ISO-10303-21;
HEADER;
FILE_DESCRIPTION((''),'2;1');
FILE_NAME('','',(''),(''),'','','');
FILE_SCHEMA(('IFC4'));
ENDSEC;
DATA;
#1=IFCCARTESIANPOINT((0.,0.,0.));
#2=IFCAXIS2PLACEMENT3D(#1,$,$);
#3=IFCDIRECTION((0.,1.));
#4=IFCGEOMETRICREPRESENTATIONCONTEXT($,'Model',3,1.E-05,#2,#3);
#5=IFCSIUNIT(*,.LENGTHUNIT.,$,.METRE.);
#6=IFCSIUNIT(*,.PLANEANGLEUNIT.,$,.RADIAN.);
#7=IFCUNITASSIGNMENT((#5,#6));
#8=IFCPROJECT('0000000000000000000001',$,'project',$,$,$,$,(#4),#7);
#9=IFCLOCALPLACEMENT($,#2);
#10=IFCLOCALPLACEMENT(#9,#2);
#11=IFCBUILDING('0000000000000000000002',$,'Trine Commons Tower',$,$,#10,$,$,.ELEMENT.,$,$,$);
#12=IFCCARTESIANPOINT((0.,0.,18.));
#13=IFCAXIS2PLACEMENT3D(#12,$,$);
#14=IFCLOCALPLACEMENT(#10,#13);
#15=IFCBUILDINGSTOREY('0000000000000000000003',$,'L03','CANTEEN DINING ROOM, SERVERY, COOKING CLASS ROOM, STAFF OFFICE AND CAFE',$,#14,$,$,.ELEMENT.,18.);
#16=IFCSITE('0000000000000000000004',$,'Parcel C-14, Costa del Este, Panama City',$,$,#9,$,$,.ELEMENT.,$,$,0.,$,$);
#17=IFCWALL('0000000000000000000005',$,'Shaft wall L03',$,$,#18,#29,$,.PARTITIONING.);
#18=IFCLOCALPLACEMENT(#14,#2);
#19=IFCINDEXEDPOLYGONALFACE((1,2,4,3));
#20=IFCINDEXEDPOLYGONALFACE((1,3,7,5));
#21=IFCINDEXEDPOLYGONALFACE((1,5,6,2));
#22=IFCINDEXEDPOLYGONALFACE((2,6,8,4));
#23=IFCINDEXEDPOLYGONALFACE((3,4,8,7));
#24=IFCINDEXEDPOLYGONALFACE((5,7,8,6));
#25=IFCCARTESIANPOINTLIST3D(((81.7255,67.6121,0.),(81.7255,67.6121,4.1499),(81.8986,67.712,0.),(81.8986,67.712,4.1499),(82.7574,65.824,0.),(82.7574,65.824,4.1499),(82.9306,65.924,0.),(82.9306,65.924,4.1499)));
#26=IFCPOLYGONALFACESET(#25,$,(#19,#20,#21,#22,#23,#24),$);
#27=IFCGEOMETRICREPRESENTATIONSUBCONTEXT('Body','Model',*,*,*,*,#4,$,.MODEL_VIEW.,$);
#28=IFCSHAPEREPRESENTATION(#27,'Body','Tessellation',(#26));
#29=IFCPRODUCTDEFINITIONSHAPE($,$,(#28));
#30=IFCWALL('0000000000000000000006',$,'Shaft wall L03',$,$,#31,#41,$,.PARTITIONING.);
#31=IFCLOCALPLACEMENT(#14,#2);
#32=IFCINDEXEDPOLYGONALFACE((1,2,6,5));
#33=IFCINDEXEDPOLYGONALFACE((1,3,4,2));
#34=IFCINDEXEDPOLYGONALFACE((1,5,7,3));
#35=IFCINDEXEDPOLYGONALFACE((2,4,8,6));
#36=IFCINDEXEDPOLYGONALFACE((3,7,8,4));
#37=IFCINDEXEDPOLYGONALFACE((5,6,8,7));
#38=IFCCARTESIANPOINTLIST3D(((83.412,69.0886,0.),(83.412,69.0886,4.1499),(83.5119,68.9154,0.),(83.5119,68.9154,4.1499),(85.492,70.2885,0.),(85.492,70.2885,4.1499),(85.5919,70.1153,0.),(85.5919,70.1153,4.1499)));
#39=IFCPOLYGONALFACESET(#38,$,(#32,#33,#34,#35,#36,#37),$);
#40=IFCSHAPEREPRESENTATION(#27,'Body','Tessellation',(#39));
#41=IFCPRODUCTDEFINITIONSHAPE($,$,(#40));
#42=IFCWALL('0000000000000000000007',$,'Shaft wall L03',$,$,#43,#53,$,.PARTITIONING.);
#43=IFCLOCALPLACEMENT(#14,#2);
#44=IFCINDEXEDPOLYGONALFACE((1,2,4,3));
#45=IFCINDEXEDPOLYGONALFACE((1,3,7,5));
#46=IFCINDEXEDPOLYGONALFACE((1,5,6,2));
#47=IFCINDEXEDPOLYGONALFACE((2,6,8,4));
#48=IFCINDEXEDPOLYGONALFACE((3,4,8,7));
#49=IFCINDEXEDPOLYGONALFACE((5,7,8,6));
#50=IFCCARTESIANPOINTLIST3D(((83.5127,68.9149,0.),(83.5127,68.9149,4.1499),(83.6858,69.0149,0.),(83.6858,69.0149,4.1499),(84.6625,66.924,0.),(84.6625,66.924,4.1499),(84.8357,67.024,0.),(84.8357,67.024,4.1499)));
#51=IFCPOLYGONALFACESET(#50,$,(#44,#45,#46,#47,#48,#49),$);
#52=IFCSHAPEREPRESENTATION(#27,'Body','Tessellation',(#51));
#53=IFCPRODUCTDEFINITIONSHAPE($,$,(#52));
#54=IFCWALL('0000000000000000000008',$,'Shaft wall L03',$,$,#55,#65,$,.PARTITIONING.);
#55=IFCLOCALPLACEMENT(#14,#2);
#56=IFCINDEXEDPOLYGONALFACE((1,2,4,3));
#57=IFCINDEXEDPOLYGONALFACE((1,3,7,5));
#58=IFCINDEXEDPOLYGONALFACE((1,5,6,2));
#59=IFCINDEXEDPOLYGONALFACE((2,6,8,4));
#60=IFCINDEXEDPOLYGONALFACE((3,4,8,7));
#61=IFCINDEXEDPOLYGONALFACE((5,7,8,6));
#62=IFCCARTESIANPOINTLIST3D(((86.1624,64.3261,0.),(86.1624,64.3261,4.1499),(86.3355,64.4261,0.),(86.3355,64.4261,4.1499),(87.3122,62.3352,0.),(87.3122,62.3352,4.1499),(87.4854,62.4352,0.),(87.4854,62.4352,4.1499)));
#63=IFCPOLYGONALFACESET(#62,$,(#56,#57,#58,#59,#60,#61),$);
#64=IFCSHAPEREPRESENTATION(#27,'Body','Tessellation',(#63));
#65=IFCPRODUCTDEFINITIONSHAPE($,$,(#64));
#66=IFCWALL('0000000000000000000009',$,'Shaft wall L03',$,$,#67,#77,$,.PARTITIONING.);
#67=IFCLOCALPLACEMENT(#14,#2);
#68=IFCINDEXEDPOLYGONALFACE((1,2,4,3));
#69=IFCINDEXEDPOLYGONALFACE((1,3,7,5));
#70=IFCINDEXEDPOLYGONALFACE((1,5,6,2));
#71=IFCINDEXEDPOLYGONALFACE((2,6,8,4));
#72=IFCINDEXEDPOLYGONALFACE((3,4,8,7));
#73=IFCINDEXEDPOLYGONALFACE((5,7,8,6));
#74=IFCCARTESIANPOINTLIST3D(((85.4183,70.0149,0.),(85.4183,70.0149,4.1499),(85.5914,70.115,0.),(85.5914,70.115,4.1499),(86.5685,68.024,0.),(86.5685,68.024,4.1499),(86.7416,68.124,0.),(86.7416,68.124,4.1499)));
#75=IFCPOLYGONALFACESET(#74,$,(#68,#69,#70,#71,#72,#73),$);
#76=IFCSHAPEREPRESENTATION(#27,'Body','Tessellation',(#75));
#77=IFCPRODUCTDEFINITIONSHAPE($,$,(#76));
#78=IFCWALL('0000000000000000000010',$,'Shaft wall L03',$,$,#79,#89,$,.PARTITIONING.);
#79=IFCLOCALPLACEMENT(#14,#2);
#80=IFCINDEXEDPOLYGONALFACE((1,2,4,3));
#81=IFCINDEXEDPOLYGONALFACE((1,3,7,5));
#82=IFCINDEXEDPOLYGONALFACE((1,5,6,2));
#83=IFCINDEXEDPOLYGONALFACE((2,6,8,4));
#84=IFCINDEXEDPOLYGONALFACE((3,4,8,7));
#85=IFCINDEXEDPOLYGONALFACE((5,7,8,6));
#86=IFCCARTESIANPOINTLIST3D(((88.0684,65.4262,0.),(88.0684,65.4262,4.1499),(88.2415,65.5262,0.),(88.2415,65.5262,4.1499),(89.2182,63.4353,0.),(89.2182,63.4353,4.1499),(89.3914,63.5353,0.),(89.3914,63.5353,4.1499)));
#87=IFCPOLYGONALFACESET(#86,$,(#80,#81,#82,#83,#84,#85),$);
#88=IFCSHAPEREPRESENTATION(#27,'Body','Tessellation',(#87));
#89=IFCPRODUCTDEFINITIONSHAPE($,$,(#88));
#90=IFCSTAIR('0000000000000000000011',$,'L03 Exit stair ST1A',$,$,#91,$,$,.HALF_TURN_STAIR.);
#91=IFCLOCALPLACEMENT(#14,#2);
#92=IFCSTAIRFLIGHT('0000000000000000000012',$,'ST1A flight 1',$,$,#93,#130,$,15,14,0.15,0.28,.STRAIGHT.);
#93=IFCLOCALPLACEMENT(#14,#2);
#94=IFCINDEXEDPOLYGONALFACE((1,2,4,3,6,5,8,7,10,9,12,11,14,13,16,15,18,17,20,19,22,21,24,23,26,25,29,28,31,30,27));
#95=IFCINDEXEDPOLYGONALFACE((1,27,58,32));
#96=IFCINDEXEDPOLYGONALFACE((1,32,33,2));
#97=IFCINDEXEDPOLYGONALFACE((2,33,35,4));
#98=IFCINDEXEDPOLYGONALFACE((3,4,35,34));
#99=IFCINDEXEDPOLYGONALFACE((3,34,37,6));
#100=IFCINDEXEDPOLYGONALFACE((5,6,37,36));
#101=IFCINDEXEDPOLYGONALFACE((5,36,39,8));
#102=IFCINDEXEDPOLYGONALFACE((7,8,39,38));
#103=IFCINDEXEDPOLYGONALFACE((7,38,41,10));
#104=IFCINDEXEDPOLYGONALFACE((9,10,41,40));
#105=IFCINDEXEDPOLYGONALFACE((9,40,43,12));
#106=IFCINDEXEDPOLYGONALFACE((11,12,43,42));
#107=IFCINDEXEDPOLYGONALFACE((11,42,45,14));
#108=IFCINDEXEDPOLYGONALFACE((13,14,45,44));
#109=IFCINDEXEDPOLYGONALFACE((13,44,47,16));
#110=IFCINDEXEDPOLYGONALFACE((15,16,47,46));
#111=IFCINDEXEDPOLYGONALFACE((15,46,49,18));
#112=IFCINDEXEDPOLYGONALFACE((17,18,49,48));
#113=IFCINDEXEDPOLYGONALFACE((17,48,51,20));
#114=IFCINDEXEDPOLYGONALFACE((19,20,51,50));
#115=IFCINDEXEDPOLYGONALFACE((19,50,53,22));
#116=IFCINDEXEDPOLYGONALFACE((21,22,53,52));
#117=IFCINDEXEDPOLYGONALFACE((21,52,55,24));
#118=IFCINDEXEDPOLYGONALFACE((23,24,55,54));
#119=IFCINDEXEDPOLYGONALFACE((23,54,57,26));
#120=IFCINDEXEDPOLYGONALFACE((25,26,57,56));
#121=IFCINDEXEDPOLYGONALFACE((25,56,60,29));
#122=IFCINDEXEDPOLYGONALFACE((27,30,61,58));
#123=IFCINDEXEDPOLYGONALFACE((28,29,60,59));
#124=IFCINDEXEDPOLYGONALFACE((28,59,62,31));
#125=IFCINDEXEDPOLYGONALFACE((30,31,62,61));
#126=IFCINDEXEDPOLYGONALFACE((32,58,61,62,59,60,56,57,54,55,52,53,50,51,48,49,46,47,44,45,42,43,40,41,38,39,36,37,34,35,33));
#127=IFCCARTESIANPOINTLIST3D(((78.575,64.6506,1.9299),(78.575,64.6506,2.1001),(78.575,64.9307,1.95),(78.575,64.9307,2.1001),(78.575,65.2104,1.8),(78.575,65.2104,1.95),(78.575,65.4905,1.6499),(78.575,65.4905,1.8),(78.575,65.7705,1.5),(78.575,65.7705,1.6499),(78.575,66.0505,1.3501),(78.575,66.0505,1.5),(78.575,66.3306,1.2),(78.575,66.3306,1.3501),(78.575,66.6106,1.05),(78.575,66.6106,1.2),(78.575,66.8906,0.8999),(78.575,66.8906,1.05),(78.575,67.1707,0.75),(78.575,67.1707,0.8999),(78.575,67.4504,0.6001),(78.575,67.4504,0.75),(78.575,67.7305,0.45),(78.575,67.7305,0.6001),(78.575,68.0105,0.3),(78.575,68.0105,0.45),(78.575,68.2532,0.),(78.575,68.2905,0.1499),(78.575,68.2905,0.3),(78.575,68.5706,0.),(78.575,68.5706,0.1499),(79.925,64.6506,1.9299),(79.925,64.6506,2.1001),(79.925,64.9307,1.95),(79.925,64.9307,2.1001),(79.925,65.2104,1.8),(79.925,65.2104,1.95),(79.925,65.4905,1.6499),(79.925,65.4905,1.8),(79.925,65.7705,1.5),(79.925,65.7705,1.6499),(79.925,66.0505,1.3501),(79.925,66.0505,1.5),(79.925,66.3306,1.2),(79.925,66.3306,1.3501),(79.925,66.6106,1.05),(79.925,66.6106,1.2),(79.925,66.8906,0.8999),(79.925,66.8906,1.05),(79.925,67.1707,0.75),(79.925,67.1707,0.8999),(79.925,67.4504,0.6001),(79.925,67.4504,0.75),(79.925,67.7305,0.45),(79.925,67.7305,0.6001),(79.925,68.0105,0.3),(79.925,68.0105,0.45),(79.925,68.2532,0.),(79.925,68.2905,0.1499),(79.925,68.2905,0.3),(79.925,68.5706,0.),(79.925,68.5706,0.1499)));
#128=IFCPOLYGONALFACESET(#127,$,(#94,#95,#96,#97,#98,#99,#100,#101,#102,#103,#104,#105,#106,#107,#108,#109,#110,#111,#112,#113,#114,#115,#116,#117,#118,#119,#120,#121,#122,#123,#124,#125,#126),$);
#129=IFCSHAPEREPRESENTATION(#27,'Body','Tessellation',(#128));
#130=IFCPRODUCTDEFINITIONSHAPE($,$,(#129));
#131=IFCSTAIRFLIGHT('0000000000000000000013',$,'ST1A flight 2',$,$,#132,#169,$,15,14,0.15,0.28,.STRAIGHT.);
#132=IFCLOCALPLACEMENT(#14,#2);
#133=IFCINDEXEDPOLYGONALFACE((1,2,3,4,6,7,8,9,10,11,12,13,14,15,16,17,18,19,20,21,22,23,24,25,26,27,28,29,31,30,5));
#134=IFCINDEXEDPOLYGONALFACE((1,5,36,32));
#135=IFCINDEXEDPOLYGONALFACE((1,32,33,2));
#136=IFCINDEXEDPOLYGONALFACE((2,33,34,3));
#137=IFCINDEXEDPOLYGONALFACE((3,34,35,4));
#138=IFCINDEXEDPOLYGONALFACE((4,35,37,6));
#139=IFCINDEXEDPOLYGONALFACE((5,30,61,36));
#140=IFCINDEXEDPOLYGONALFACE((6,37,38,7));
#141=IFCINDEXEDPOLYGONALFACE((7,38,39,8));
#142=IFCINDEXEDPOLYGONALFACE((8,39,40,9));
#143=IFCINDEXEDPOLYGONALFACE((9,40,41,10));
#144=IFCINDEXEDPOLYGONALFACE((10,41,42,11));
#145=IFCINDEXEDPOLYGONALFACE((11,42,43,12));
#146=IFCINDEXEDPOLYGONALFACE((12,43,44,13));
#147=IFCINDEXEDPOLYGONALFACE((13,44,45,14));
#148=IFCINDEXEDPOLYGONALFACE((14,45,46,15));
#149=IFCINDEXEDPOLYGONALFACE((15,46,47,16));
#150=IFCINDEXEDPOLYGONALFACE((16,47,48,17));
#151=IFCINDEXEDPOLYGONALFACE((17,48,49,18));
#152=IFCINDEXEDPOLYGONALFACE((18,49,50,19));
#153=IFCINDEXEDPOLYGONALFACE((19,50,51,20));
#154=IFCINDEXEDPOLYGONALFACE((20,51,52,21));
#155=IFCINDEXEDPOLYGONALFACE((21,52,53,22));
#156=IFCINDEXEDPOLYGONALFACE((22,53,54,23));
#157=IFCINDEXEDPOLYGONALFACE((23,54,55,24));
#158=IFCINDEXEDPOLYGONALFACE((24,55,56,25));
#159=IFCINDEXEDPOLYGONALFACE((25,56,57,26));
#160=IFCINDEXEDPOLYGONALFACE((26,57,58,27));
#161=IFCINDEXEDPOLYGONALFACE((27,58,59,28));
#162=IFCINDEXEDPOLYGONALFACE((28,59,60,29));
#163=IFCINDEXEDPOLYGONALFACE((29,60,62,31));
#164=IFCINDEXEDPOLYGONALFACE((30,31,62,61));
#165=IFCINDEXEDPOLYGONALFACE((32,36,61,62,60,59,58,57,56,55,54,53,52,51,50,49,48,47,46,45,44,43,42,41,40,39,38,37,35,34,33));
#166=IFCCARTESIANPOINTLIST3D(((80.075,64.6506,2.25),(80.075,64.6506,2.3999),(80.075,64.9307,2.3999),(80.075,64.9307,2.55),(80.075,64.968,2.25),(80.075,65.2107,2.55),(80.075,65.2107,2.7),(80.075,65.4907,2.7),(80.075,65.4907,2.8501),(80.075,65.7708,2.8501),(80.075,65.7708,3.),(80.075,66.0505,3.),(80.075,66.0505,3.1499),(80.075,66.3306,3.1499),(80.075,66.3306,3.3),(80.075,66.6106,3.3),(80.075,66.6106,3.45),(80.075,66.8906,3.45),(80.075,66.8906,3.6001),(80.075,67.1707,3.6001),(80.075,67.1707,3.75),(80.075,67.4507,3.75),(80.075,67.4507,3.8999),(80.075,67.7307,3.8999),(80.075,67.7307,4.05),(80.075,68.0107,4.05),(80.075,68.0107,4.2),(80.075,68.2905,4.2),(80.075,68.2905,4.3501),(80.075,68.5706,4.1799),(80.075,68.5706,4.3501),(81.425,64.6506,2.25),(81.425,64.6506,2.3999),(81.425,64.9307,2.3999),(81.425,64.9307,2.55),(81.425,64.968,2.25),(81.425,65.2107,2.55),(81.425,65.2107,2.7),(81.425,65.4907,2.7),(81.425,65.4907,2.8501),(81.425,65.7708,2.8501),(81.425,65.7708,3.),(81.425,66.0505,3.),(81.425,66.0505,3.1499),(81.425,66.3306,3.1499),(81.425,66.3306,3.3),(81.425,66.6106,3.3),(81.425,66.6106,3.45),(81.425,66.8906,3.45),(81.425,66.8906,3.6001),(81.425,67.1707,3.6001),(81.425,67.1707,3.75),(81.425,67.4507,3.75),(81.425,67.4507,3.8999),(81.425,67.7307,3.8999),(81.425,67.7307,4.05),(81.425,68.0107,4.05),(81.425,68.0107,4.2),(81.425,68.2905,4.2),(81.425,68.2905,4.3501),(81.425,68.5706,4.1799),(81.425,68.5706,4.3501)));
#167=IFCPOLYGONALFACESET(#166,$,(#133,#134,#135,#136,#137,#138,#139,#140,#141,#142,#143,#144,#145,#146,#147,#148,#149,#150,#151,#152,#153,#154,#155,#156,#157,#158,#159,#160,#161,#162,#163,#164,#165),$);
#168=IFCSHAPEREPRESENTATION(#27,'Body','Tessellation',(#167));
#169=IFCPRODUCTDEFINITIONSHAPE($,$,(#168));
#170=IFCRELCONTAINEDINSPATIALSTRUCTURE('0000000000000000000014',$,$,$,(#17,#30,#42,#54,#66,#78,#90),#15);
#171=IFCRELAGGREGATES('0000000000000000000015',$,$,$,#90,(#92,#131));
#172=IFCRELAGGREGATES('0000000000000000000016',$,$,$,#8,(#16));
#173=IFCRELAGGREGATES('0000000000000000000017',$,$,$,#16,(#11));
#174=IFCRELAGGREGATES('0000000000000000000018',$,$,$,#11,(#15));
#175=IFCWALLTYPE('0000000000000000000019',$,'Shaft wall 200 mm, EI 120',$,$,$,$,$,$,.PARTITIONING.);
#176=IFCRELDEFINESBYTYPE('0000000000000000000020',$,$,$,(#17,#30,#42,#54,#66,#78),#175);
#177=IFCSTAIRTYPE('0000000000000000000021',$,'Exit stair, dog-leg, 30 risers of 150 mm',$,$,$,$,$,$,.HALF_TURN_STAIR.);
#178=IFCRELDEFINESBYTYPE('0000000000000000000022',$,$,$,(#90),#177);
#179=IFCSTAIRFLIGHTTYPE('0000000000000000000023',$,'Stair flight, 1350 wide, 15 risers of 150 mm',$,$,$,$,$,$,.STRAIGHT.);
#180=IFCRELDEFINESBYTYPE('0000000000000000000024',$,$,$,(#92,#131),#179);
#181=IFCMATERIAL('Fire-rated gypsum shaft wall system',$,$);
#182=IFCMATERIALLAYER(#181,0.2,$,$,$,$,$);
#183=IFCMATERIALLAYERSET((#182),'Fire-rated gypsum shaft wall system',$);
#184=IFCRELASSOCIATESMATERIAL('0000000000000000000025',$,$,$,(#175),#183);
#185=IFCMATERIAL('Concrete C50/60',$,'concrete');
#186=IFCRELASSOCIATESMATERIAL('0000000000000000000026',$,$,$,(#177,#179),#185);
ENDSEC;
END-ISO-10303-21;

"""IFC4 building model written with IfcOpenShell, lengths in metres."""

from ifc_helpers import new_model, si_unit, direction, frame, frame_2d, origin, place, context, subcontext, project, spatial, polyline, rectangle, outline, extrude, material, layer, layer_set, type_object, element, aggregate, save


model = new_model("IFC4")

# Units and contexts
model_context = context("Model", 3, precision=1e-05, world=origin(), true_north=direction((0.0, 1.0)))
body_context = subcontext(model_context, "Body", "Model", "MODEL_VIEW")
ifc_project = project(units=[si_unit("LENGTHUNIT", "METRE"), si_unit("PLANEANGLEUNIT", "RADIAN")], contexts=[model_context])

# Site, building, storey
site_placement = place(None, origin())
site = spatial("IfcSite", under=ifc_project, at=site_placement, Name="Parcel C-14, Costa del Este, Panama City", CompositionType="ELEMENT", RefElevation=0.0)
building_placement = place(site_placement, origin())
building = spatial("IfcBuilding", under=site, at=building_placement, Name="Trine Commons Tower", CompositionType="ELEMENT")
storey_placement = place(building_placement, frame((0.0, 0.0, 18.0)))
storey = spatial("IfcBuildingStorey", under=building, at=storey_placement, Name="L03", Description="CANTEEN DINING ROOM, SERVERY, COOKING CLASS ROOM, STAFF OFFICE AND CAFE", CompositionType="ELEMENT", Elevation=18.0)

# Shared definitions
ifc_material_1 = material(Name="Concrete C50/60", Category="concrete")

# Walls
ifc_material_2 = material(Name="Fire-rated gypsum shaft wall system")
ifc_layer_1 = layer(ifc_material_2, 0.2)
ifc_layer_set_1 = layer_set([ifc_layer_1], Name="Fire-rated gypsum shaft wall system")
wall_type_1 = type_object("IfcWallType", Name="Shaft wall 200 mm, EI 120", PredefinedType="PARTITIONING", material=ifc_layer_set_1)
wall_1_placement = place(storey_placement, frame((82.844, 65.874, 0.0), z_axis=(0.0, 0.0, 1.0), x_axis=(-0.499866, 0.866103, 0.0)))
element("IfcWall", 1, at=wall_1_placement, inside=storey, type_object=wall_type_1, Name="Shaft wall L03", PredefinedType="PARTITIONING", context=body_context, shape_type="SweptSolid", body=[
    extrude(rectangle(XDim=2.0645, YDim=0.2, at=frame_2d((1.0322, 0.0))), origin(), (0.0, 0.0, 1.0), 4.1499),
])
wall_2_placement = place(storey_placement, frame((83.4619, 69.002, 0.0), z_axis=(0.0, 0.0, 1.0), x_axis=(0.866203, 0.499693, 0.0)))
element("IfcWall", 2, at=wall_2_placement, inside=storey, type_object=wall_type_1, Name="Shaft wall L03", PredefinedType="PARTITIONING", context=body_context, shape_type="SweptSolid", body=[
    extrude(rectangle(XDim=2.4014, YDim=0.2, at=frame_2d((1.2007, 0.0))), origin(), (0.0, 0.0, 1.0), 4.1499),
])
for number, where, z_axis, x_axis, name in (
    (3, (84.749, 66.9741, 0.0), (0.0, 0.0, 1.0), (-0.500136, 0.865947, 0.0), "Shaft wall L03"),
    (4, (86.249, 64.376, 0.0), (0.0, 0.0, 1.0), (0.500136, -0.865947, 0.0), "Shaft wall L03"),
):
    element("IfcWall", number, at=place(storey_placement, frame(where, z_axis=z_axis, x_axis=x_axis)), inside=storey, type_object=wall_type_1, Name=name, PredefinedType="PARTITIONING", context=body_context, shape_type="SweptSolid", body=[
        extrude(rectangle(XDim=2.2991, YDim=0.2, at=frame_2d((1.1494, 0.0))), origin(), (0.0, 0.0, 1.0), 4.1499),
    ])
wall_3_placement = place(storey_placement, frame((86.655, 68.074, 0.0), z_axis=(0.0, 0.0, 1.0), x_axis=(-0.500216, 0.865901, 0.0)))
element("IfcWall", 5, at=wall_3_placement, inside=storey, type_object=wall_type_1, Name="Shaft wall L03", PredefinedType="PARTITIONING", context=body_context, shape_type="SweptSolid", body=[
    extrude(rectangle(XDim=2.2993, YDim=0.2, at=frame_2d((1.1497, 0.0))), origin(), (0.0, 0.0, 1.0), 4.1499),
])
wall_4_placement = place(storey_placement, frame((88.155, 65.4761, 0.0), z_axis=(0.0, 0.0, 1.0), x_axis=(0.500136, -0.865947, 0.0)))
element("IfcWall", 6, at=wall_4_placement, inside=storey, type_object=wall_type_1, Name="Shaft wall L03", PredefinedType="PARTITIONING", context=body_context, shape_type="SweptSolid", body=[
    extrude(rectangle(XDim=2.2991, YDim=0.2, at=frame_2d((1.1494, 0.0))), origin(), (0.0, 0.0, 1.0), 4.1499),
])

# Stair, stair flights
stair_type = type_object("IfcStairType", Name="Exit stair, dog-leg, 30 risers of 150 mm", PredefinedType="HALF_TURN_STAIR", material=ifc_material_1)
stair_placement = place(storey_placement, origin())
stair = element("IfcStair", 7, at=stair_placement, inside=storey, type_object=stair_type, Name="L03 Exit stair ST1A", PredefinedType="HALF_TURN_STAIR")
stair_flight_type = type_object("IfcStairFlightType", Name="Stair flight, 1350 wide, 15 risers of 150 mm", PredefinedType="STRAIGHT", material=ifc_material_1)
stair_flight_1_placement = place(storey_placement, frame((79.25, 68.5706, 0.0), z_axis=(0.0, 0.0, 1.0), x_axis=(0.0, -1.0, 0.0)))
stair_flight_1 = element("IfcStairFlight", 8, at=stair_flight_1_placement, type_object=stair_flight_type, Name="ST1A flight 1", NumberOfRisers=15, NumberOfTreads=14, PredefinedType="STRAIGHT", RiserHeight=0.15, TreadLength=0.28, context=body_context, shape_type="SweptSolid", body=[
    extrude(outline(polyline([(0.0, 0.0), (0.0, 0.1499), (0.28, 0.1499), (0.28, 0.3), (0.5601, 0.3), (0.5601, 0.45), (0.8401, 0.45), (0.8401, 0.6001), (1.1201, 0.6001), (1.1201, 0.75), (1.3999, 0.75), (1.3999, 0.8999), (1.6799, 0.8999), (1.6799, 1.05), (1.96, 1.05), (1.96, 1.2), (2.24, 1.2), (2.24, 1.3501), (2.52, 1.3501), (2.52, 1.5), (2.8, 1.5), (2.8, 1.6499), (3.0801, 1.6499), (3.0801, 1.8), (3.3601, 1.8), (3.3601, 1.95), (3.6399, 1.95), (3.6399, 2.1001), (3.9199, 2.1001), (3.9199, 2.25), (3.9199, 1.9299), (0.3174, 0.0), (0.0, 0.0)])), frame((0.0, 0.675, 0.0), z_axis=(0.0, -1.0, 0.0), x_axis=(1.0, 0.0, 0.0)), (0.0, 0.0, 1.0), 1.3501),
])
stair_flight_2_placement = place(storey_placement, frame((80.75, 64.6506, 2.25), z_axis=(0.0, 0.0, 1.0), x_axis=(0.0, 1.0, 0.0)))
stair_flight_2 = element("IfcStairFlight", 9, at=stair_flight_2_placement, type_object=stair_flight_type, Name="ST1A flight 2", NumberOfRisers=15, NumberOfTreads=14, PredefinedType="STRAIGHT", RiserHeight=0.15, TreadLength=0.28, context=body_context, shape_type="SweptSolid", body=[
    extrude(outline(polyline([(0.0, 0.0), (0.0, 0.1499), (0.28, 0.1499), (0.28, 0.3), (0.5601, 0.3), (0.5601, 0.45), (0.8401, 0.45), (0.8401, 0.6001), (1.1201, 0.6001), (1.1201, 0.75), (1.3999, 0.75), (1.3999, 0.8999), (1.6799, 0.8999), (1.6799, 1.05), (1.96, 1.05), (1.96, 1.2), (2.24, 1.2), (2.24, 1.3501), (2.52, 1.3501), (2.52, 1.5), (2.8, 1.5), (2.8, 1.6499), (3.0801, 1.6499), (3.0801, 1.8), (3.3601, 1.8), (3.3601, 1.95), (3.6399, 1.95), (3.6399, 2.1001), (3.9199, 2.1001), (3.9199, 2.25), (3.9199, 1.9299), (0.3174, 0.0), (0.0, 0.0)])), frame((0.0, 0.675, 0.0), z_axis=(0.0, -1.0, 0.0), x_axis=(1.0, 0.0, 0.0)), (0.0, 0.0, 1.0), 1.3501),
])
aggregate(stair, [stair_flight_1, stair_flight_2])

save(model, "model.ifc")
